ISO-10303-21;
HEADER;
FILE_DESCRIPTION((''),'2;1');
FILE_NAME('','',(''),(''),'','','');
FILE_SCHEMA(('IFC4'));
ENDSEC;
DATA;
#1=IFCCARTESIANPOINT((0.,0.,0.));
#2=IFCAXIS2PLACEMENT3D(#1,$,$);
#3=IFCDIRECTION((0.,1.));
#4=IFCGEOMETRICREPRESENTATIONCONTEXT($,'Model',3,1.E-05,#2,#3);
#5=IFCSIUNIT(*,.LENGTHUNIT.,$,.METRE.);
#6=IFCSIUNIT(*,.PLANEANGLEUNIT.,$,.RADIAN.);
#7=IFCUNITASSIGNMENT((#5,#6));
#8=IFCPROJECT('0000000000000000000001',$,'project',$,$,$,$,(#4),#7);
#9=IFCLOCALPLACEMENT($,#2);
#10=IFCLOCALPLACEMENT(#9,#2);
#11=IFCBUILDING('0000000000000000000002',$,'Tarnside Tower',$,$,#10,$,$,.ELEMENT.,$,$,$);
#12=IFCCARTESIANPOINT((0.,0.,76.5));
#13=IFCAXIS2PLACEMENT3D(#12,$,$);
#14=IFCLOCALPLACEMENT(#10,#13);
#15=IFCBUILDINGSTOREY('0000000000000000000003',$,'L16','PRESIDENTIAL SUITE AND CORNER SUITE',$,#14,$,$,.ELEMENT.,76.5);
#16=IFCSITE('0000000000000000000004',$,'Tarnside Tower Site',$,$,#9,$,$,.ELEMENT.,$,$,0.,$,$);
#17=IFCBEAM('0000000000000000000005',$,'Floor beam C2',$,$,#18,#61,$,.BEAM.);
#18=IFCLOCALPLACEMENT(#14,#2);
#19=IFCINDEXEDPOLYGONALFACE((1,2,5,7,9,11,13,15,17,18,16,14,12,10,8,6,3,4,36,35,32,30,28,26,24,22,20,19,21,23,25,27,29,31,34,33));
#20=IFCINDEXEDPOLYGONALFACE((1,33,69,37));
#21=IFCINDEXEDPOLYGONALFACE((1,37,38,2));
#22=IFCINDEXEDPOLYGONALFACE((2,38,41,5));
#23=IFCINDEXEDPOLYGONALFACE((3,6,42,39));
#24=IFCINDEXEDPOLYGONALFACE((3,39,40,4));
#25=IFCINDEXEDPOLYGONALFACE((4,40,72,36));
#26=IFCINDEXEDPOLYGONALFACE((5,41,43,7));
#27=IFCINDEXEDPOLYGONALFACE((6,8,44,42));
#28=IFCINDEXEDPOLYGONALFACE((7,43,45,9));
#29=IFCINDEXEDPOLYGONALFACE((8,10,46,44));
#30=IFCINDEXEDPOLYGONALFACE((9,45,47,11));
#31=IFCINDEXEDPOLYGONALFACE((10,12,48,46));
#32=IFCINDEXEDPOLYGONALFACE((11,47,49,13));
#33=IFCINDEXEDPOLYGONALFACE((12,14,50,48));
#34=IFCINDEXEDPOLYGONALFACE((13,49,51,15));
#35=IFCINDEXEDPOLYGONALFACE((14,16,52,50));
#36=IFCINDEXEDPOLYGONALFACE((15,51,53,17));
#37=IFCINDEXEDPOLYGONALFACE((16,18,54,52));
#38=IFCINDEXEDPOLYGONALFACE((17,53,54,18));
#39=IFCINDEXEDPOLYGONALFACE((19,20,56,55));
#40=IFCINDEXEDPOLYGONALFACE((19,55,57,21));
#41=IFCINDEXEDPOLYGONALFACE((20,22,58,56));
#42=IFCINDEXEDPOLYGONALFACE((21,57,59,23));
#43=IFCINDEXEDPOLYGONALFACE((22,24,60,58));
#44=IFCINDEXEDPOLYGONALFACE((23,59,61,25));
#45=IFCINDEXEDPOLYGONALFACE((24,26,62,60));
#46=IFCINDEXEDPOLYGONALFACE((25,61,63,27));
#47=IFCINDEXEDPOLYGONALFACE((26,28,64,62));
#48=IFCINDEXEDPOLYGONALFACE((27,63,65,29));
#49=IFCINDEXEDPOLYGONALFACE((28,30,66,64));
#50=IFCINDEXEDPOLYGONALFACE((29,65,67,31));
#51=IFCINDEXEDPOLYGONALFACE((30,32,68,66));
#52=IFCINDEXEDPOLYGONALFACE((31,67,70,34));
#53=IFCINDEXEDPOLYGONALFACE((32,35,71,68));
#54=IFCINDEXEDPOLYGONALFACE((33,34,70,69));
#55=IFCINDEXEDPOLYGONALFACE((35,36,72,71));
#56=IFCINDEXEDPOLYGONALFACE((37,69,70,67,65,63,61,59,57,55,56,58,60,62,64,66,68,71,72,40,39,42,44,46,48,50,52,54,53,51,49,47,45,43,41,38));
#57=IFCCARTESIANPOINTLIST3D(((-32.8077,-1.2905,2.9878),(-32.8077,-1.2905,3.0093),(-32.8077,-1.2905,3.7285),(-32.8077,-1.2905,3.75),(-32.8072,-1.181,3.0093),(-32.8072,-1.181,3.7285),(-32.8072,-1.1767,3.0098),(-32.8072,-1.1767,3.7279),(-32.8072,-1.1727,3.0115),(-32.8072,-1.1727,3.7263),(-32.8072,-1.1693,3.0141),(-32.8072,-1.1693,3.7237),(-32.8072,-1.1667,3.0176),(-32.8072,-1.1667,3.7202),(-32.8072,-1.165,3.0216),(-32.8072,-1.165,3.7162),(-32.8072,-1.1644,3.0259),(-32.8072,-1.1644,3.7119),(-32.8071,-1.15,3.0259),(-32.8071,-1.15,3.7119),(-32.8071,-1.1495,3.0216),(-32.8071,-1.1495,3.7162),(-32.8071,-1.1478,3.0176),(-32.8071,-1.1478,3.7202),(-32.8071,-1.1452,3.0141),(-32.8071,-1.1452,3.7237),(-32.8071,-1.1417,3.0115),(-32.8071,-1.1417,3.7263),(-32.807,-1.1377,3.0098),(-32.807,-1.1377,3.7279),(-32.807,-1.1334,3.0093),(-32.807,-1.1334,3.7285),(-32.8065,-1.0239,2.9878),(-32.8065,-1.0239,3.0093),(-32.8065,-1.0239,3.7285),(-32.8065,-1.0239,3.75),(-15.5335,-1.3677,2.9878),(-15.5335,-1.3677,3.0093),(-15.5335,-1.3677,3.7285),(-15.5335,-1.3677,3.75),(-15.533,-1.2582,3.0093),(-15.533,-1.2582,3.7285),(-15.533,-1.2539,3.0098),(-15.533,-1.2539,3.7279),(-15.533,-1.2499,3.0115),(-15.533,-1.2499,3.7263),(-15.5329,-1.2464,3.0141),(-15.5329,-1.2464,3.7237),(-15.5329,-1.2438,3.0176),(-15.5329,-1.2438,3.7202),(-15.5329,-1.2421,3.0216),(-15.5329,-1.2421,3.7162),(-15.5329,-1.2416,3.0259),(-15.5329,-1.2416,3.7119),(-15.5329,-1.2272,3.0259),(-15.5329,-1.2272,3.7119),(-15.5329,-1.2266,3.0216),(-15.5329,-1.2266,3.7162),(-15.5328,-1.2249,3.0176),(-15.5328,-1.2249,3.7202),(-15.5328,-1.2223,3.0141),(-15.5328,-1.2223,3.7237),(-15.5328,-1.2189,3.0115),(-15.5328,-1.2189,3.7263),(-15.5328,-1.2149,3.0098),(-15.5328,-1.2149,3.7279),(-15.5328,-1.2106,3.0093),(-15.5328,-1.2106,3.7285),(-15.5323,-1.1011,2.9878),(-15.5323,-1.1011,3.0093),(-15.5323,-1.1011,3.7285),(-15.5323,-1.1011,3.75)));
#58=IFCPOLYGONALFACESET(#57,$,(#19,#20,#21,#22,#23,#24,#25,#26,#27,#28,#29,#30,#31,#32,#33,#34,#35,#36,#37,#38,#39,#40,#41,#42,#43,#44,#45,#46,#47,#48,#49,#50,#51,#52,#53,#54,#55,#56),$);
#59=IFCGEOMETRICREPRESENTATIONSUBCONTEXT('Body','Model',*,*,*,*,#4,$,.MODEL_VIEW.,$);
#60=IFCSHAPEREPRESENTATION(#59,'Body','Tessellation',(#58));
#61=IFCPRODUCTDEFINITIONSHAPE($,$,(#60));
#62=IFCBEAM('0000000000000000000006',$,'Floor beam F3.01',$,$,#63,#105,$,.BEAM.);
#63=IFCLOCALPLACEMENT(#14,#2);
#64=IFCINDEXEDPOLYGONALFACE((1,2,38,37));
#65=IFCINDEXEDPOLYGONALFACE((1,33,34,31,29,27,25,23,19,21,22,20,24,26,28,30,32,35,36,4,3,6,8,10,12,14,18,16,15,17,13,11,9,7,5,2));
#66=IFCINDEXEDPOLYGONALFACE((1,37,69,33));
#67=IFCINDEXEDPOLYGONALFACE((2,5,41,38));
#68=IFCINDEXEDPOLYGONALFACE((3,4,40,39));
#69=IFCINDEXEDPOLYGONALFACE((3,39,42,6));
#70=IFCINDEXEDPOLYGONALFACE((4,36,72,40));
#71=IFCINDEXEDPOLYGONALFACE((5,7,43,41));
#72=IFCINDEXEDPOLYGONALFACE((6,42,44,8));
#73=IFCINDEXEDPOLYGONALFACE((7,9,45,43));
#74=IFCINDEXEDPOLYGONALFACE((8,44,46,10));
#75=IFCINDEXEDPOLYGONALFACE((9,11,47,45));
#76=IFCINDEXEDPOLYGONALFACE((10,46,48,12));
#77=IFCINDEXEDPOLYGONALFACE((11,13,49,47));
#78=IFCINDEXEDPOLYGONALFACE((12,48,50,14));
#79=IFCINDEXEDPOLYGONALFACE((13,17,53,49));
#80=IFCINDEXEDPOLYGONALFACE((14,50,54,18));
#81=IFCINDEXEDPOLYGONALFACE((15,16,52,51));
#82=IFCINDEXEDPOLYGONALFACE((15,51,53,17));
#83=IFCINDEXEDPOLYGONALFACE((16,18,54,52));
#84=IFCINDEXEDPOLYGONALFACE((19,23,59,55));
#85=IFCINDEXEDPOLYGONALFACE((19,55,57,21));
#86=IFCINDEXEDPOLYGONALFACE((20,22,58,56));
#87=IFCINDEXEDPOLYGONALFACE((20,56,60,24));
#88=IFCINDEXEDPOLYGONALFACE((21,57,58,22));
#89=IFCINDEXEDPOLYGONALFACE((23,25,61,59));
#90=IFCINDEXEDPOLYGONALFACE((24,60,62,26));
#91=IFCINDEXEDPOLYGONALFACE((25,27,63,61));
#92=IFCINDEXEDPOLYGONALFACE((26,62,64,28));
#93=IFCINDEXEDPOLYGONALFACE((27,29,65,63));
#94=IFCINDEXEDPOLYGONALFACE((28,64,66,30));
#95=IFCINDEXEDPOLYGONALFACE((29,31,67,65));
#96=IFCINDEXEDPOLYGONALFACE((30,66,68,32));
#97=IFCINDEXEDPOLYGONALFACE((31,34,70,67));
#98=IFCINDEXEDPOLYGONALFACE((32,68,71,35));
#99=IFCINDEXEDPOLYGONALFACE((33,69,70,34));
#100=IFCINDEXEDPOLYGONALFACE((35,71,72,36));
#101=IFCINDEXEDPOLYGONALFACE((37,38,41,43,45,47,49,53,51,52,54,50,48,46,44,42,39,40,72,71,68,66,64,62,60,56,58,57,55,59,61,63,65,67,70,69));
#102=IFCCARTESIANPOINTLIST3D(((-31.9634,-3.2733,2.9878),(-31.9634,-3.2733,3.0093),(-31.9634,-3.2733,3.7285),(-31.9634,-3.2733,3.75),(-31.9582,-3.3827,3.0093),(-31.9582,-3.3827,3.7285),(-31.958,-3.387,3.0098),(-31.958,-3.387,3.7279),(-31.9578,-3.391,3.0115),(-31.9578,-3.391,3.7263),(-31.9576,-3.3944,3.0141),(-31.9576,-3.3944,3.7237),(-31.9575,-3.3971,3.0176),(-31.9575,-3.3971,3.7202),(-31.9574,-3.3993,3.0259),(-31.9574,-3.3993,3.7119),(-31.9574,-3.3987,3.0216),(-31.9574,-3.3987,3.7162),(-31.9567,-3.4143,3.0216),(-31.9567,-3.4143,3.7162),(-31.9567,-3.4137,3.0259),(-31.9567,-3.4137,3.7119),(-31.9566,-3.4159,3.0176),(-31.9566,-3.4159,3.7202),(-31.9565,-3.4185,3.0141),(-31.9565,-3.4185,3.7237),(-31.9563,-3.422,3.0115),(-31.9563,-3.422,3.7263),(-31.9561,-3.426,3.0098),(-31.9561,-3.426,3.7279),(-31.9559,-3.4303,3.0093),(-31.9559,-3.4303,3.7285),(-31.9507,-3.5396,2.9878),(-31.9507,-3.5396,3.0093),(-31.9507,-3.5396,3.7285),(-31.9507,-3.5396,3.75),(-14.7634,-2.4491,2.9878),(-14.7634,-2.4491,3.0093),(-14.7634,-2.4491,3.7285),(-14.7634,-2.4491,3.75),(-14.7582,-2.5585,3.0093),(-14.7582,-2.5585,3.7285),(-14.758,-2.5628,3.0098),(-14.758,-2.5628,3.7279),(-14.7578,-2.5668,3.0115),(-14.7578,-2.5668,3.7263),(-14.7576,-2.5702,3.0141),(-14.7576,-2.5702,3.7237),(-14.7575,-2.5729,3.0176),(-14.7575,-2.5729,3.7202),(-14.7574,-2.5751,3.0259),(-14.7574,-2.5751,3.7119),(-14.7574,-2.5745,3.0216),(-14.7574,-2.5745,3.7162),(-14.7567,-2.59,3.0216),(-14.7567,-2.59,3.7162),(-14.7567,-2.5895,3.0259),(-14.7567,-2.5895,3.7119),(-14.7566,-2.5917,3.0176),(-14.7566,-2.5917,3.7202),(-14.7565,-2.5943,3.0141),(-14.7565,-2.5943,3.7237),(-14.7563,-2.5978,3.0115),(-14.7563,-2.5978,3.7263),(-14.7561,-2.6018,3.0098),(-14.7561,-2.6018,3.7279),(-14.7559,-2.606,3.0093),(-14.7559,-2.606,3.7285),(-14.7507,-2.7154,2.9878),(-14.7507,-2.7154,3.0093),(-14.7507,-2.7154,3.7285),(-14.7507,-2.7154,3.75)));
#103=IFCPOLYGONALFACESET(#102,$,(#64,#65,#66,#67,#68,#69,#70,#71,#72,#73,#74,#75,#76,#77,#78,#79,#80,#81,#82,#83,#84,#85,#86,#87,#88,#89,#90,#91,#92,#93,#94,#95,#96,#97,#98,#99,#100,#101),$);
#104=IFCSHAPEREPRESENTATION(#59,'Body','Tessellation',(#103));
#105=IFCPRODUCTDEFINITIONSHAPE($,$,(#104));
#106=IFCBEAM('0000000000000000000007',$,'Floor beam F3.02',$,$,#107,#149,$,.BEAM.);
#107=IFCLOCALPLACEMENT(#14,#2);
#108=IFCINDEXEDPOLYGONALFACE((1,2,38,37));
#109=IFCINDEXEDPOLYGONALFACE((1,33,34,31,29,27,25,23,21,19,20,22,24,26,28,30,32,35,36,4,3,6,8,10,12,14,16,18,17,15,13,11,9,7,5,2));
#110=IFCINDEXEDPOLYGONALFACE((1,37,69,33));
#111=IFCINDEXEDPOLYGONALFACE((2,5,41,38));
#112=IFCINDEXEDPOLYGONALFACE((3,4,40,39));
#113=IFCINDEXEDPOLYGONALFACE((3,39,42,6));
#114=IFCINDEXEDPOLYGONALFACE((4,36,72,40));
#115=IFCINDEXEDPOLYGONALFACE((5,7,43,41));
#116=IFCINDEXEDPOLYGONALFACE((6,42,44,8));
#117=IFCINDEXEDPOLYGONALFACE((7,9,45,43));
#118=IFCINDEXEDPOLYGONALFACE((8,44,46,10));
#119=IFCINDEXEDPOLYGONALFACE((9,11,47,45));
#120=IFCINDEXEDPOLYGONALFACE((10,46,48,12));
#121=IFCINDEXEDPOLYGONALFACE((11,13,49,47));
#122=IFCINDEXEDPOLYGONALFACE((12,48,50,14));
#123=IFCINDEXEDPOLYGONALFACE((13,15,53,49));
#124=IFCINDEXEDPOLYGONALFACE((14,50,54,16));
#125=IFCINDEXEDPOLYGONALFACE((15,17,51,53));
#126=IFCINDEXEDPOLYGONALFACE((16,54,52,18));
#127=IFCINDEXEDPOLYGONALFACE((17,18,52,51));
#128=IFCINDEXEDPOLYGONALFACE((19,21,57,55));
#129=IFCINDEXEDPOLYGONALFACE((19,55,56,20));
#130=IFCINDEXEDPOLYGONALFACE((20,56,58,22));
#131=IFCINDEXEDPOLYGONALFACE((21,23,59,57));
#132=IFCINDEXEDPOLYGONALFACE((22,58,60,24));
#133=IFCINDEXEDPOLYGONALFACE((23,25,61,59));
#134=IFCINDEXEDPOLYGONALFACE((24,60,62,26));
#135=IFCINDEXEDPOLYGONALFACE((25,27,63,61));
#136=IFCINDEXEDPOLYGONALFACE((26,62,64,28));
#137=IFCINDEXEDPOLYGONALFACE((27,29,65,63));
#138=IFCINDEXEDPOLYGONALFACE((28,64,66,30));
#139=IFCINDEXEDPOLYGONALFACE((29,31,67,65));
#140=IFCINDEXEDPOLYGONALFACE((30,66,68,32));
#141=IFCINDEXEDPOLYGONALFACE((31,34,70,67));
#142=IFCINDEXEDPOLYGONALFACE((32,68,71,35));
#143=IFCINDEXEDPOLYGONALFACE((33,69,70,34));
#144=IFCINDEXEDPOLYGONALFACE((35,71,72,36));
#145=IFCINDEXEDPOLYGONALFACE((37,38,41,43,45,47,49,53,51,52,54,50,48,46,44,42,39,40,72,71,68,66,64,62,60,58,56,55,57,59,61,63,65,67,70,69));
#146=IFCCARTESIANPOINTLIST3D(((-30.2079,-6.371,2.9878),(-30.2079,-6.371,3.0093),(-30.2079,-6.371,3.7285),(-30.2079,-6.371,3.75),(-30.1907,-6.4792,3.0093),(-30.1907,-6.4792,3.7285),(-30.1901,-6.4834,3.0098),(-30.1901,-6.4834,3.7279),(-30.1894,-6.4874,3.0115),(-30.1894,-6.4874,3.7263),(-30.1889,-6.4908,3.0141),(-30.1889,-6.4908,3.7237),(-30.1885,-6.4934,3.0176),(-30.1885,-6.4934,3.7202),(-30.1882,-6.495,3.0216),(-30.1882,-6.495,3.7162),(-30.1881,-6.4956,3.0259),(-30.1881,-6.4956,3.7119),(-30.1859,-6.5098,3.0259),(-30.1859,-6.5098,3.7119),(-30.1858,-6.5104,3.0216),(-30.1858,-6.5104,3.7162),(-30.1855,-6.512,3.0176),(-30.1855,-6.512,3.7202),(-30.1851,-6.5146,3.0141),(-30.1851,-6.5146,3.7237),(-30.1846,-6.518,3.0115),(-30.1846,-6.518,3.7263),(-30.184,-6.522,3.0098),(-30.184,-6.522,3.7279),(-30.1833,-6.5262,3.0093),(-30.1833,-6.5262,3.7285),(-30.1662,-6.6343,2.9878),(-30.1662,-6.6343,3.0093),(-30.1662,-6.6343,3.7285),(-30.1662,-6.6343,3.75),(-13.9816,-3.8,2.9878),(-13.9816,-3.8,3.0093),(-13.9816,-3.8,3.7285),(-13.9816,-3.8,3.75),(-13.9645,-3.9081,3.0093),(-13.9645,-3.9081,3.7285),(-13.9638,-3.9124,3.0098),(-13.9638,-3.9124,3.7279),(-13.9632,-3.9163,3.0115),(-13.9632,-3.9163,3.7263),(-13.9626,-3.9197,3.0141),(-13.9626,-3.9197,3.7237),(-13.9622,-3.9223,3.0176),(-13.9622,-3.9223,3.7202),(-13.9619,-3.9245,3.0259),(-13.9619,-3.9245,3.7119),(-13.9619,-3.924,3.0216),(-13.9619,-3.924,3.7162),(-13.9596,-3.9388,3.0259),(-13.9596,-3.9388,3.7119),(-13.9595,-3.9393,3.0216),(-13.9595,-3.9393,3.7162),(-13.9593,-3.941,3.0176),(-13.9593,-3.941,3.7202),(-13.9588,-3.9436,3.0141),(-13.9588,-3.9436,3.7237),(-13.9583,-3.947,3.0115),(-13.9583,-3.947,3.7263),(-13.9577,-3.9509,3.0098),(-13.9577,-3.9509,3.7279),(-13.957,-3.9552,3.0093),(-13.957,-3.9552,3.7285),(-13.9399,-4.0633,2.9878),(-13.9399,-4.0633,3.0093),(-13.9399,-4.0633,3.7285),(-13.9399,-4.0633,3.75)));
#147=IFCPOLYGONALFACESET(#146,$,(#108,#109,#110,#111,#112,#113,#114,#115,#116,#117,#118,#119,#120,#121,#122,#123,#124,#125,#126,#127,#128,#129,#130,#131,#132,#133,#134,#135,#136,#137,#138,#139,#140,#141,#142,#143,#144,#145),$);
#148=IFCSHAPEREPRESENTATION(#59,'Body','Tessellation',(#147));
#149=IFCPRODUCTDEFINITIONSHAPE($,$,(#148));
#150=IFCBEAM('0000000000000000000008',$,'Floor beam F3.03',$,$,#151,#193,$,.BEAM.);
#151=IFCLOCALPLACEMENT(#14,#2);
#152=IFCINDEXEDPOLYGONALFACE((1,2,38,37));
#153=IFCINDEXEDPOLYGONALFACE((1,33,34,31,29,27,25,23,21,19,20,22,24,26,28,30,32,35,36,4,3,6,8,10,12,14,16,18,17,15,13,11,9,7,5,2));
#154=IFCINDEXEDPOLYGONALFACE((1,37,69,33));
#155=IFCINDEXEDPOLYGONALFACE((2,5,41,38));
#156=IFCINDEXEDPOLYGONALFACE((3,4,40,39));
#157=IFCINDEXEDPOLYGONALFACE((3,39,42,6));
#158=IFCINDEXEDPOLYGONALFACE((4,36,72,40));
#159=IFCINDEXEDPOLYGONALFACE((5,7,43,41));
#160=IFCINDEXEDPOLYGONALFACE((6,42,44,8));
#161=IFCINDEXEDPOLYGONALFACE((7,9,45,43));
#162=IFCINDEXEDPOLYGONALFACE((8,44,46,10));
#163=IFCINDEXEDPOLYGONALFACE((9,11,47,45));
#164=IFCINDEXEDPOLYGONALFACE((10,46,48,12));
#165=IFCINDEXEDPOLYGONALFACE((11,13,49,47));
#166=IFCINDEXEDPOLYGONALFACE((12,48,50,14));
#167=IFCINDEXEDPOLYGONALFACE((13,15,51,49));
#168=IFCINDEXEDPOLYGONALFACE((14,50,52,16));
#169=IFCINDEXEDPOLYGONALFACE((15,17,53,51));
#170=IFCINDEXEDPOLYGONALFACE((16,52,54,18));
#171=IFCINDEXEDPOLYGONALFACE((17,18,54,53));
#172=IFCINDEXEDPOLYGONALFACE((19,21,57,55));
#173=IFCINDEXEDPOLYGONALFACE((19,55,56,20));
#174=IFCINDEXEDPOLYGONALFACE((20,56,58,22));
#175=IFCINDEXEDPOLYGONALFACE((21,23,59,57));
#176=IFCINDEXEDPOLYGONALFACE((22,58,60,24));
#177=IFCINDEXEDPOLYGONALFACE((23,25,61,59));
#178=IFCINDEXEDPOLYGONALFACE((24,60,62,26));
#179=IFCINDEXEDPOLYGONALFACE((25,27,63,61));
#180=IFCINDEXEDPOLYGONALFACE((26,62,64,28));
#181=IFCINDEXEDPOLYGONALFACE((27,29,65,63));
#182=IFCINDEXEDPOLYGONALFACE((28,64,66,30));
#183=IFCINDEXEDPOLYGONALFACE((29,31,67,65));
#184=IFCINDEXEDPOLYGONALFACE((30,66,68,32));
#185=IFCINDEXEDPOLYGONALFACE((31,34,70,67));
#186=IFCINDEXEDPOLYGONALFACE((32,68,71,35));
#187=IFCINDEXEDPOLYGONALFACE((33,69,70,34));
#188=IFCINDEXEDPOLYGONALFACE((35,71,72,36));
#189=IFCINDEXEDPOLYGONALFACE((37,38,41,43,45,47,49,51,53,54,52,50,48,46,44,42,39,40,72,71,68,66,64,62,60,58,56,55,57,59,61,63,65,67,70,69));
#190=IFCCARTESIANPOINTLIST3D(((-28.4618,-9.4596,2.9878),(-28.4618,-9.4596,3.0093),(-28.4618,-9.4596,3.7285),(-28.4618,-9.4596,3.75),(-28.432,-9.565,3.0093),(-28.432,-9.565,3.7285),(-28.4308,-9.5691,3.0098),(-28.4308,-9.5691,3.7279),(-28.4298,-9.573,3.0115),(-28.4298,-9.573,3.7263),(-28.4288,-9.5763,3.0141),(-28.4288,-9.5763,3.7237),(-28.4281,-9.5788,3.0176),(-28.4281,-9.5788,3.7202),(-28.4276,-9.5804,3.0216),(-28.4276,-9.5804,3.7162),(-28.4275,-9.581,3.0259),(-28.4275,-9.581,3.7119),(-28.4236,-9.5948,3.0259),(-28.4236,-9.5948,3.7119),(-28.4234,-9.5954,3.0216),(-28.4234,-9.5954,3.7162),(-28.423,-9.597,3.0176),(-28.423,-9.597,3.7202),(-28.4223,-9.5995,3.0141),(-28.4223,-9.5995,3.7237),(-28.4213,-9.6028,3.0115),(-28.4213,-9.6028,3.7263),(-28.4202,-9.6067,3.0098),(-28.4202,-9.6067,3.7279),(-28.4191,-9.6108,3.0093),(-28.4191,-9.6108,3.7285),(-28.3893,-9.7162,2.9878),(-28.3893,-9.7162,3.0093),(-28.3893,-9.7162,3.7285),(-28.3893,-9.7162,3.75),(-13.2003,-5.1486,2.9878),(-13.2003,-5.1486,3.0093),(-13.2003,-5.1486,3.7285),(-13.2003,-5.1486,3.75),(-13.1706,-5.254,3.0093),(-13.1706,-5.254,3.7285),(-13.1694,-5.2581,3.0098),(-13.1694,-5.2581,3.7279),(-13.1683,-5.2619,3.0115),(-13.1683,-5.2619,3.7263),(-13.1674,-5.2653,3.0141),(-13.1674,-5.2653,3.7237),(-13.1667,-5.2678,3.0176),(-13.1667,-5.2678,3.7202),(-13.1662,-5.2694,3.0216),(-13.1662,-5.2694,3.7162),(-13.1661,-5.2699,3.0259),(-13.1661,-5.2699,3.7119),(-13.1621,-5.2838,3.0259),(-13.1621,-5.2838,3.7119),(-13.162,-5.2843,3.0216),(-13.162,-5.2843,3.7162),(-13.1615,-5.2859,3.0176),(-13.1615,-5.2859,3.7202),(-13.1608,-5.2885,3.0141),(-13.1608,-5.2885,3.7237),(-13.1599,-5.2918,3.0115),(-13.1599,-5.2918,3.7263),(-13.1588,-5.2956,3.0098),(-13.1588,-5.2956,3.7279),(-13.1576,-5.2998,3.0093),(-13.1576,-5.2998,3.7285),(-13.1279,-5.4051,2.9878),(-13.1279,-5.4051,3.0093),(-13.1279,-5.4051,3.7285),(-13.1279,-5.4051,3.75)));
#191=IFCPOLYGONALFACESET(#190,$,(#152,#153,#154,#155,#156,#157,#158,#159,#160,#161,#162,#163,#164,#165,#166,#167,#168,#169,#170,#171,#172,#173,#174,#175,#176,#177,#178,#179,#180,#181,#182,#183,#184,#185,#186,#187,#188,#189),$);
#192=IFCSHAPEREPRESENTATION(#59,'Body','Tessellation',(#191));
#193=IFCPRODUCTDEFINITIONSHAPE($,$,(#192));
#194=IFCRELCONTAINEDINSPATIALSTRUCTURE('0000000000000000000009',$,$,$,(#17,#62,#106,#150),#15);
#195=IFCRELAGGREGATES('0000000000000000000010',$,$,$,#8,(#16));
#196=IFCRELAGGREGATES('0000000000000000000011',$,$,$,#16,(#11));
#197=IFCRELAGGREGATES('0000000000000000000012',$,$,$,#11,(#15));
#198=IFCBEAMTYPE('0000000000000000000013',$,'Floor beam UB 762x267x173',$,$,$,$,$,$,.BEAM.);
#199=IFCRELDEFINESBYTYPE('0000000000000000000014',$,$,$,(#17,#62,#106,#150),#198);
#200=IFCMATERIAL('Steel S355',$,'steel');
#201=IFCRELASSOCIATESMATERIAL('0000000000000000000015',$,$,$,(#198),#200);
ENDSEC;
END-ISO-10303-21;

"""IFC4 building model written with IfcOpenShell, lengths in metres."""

from ifc_helpers import new_model, si_unit, direction, frame, origin, origin_2d, place, context, subcontext, project, spatial, i_section, extrude, material, material_profile, profile_set, type_object, element, save


model = new_model("IFC4")

# Units and contexts
model_context = context("Model", 3, precision=1e-05, world=origin(), true_north=direction((0.0, 1.0)))
body_context = subcontext(model_context, "Body", "Model", "MODEL_VIEW")
ifc_project = project(units=[si_unit("LENGTHUNIT", "METRE"), si_unit("PLANEANGLEUNIT", "RADIAN")], contexts=[model_context])

# Site, building, storey
site_placement = place(None, origin())
site = spatial("IfcSite", under=ifc_project, at=site_placement, Name="Tarnside Tower Site", CompositionType="ELEMENT", RefElevation=0.0)
building_placement = place(site_placement, origin())
building = spatial("IfcBuilding", under=site, at=building_placement, Name="Tarnside Tower", CompositionType="ELEMENT")
storey_placement = place(building_placement, frame((0.0, 0.0, 76.5)))
storey = spatial("IfcBuildingStorey", under=building, at=storey_placement, Name="L16", Description="PRESIDENTIAL SUITE AND CORNER SUITE", CompositionType="ELEMENT", Elevation=76.5)

# Beams
ifc_material_1 = material(Name="Steel S355", Category="steel")
ifc_material_profile = material_profile(ifc_material_1, i_section(OverallWidth=0.2666, OverallDepth=0.7622, WebThickness=0.0144, FlangeThickness=0.0215, FilletRadius=0.0166, at=origin_2d()), Name="UB 762x267x173")
ifc_profile_set = profile_set([ifc_material_profile], Name="Steel S355")
beam_type = type_object("IfcBeamType", Name="Floor beam UB 762x267x173", PredefinedType="BEAM", material=ifc_profile_set)
beam_1_placement = place(storey_placement, frame((-32.8071, -1.1572, 3.3689), z_axis=(0.99999, -0.004466, 0.0), x_axis=(0.004466, 0.99999, 0.0)))
element("IfcBeam", 1, at=beam_1_placement, inside=storey, type_object=beam_type, Name="Floor beam C2", PredefinedType="BEAM", context=body_context, shape_type="SweptSolid", body=[
    extrude(i_section(OverallWidth=0.2666, OverallDepth=0.7622, WebThickness=0.0144, FlangeThickness=0.0215, FilletRadius=0.0166, at=origin_2d()), origin(), (0.0, 0.0, 1.0), 17.2744),
])
beam_2_placement = place(storey_placement, frame((-31.957, -3.4065, 3.3689), z_axis=(0.998854, 0.047865, 0.0), x_axis=(-0.047865, 0.998854, 0.0)))
element("IfcBeam", 2, at=beam_2_placement, inside=storey, type_object=beam_type, Name="Floor beam F3.01", PredefinedType="BEAM", context=body_context, shape_type="SweptSolid", body=[
    extrude(i_section(OverallWidth=0.2666, OverallDepth=0.7622, WebThickness=0.0144, FlangeThickness=0.0215, FilletRadius=0.0166, at=origin_2d()), origin(), (0.0, 0.0, 1.0), 17.2197),
])
beam_3_placement = place(storey_placement, frame((-30.187, -6.5027, 3.3689), z_axis=(0.987678, 0.156497, 0.0), x_axis=(-0.156497, 0.987678, 0.0)))
element("IfcBeam", 3, at=beam_3_placement, inside=storey, type_object=beam_type, Name="Floor beam F3.02", PredefinedType="BEAM", context=body_context, shape_type="SweptSolid", body=[
    extrude(i_section(OverallWidth=0.2666, OverallDepth=0.7622, WebThickness=0.0144, FlangeThickness=0.0215, FilletRadius=0.0166, at=origin_2d()), origin(), (0.0, 0.0, 1.0), 16.4287),
])
beam_4_placement = place(storey_placement, frame((-28.4255, -9.5879, 3.3689), z_axis=(0.962342, 0.271841, 0.0), x_axis=(-0.271841, 0.962342, 0.0)))
element("IfcBeam", 4, at=beam_4_placement, inside=storey, type_object=beam_type, Name="Floor beam F3.03", PredefinedType="BEAM", context=body_context, shape_type="SweptSolid", body=[
    extrude(i_section(OverallWidth=0.2666, OverallDepth=0.7622, WebThickness=0.0144, FlangeThickness=0.0215, FilletRadius=0.0166, at=origin_2d()), origin(), (0.0, 0.0, 1.0), 15.8586),
])

save(model, "model.ifc")
